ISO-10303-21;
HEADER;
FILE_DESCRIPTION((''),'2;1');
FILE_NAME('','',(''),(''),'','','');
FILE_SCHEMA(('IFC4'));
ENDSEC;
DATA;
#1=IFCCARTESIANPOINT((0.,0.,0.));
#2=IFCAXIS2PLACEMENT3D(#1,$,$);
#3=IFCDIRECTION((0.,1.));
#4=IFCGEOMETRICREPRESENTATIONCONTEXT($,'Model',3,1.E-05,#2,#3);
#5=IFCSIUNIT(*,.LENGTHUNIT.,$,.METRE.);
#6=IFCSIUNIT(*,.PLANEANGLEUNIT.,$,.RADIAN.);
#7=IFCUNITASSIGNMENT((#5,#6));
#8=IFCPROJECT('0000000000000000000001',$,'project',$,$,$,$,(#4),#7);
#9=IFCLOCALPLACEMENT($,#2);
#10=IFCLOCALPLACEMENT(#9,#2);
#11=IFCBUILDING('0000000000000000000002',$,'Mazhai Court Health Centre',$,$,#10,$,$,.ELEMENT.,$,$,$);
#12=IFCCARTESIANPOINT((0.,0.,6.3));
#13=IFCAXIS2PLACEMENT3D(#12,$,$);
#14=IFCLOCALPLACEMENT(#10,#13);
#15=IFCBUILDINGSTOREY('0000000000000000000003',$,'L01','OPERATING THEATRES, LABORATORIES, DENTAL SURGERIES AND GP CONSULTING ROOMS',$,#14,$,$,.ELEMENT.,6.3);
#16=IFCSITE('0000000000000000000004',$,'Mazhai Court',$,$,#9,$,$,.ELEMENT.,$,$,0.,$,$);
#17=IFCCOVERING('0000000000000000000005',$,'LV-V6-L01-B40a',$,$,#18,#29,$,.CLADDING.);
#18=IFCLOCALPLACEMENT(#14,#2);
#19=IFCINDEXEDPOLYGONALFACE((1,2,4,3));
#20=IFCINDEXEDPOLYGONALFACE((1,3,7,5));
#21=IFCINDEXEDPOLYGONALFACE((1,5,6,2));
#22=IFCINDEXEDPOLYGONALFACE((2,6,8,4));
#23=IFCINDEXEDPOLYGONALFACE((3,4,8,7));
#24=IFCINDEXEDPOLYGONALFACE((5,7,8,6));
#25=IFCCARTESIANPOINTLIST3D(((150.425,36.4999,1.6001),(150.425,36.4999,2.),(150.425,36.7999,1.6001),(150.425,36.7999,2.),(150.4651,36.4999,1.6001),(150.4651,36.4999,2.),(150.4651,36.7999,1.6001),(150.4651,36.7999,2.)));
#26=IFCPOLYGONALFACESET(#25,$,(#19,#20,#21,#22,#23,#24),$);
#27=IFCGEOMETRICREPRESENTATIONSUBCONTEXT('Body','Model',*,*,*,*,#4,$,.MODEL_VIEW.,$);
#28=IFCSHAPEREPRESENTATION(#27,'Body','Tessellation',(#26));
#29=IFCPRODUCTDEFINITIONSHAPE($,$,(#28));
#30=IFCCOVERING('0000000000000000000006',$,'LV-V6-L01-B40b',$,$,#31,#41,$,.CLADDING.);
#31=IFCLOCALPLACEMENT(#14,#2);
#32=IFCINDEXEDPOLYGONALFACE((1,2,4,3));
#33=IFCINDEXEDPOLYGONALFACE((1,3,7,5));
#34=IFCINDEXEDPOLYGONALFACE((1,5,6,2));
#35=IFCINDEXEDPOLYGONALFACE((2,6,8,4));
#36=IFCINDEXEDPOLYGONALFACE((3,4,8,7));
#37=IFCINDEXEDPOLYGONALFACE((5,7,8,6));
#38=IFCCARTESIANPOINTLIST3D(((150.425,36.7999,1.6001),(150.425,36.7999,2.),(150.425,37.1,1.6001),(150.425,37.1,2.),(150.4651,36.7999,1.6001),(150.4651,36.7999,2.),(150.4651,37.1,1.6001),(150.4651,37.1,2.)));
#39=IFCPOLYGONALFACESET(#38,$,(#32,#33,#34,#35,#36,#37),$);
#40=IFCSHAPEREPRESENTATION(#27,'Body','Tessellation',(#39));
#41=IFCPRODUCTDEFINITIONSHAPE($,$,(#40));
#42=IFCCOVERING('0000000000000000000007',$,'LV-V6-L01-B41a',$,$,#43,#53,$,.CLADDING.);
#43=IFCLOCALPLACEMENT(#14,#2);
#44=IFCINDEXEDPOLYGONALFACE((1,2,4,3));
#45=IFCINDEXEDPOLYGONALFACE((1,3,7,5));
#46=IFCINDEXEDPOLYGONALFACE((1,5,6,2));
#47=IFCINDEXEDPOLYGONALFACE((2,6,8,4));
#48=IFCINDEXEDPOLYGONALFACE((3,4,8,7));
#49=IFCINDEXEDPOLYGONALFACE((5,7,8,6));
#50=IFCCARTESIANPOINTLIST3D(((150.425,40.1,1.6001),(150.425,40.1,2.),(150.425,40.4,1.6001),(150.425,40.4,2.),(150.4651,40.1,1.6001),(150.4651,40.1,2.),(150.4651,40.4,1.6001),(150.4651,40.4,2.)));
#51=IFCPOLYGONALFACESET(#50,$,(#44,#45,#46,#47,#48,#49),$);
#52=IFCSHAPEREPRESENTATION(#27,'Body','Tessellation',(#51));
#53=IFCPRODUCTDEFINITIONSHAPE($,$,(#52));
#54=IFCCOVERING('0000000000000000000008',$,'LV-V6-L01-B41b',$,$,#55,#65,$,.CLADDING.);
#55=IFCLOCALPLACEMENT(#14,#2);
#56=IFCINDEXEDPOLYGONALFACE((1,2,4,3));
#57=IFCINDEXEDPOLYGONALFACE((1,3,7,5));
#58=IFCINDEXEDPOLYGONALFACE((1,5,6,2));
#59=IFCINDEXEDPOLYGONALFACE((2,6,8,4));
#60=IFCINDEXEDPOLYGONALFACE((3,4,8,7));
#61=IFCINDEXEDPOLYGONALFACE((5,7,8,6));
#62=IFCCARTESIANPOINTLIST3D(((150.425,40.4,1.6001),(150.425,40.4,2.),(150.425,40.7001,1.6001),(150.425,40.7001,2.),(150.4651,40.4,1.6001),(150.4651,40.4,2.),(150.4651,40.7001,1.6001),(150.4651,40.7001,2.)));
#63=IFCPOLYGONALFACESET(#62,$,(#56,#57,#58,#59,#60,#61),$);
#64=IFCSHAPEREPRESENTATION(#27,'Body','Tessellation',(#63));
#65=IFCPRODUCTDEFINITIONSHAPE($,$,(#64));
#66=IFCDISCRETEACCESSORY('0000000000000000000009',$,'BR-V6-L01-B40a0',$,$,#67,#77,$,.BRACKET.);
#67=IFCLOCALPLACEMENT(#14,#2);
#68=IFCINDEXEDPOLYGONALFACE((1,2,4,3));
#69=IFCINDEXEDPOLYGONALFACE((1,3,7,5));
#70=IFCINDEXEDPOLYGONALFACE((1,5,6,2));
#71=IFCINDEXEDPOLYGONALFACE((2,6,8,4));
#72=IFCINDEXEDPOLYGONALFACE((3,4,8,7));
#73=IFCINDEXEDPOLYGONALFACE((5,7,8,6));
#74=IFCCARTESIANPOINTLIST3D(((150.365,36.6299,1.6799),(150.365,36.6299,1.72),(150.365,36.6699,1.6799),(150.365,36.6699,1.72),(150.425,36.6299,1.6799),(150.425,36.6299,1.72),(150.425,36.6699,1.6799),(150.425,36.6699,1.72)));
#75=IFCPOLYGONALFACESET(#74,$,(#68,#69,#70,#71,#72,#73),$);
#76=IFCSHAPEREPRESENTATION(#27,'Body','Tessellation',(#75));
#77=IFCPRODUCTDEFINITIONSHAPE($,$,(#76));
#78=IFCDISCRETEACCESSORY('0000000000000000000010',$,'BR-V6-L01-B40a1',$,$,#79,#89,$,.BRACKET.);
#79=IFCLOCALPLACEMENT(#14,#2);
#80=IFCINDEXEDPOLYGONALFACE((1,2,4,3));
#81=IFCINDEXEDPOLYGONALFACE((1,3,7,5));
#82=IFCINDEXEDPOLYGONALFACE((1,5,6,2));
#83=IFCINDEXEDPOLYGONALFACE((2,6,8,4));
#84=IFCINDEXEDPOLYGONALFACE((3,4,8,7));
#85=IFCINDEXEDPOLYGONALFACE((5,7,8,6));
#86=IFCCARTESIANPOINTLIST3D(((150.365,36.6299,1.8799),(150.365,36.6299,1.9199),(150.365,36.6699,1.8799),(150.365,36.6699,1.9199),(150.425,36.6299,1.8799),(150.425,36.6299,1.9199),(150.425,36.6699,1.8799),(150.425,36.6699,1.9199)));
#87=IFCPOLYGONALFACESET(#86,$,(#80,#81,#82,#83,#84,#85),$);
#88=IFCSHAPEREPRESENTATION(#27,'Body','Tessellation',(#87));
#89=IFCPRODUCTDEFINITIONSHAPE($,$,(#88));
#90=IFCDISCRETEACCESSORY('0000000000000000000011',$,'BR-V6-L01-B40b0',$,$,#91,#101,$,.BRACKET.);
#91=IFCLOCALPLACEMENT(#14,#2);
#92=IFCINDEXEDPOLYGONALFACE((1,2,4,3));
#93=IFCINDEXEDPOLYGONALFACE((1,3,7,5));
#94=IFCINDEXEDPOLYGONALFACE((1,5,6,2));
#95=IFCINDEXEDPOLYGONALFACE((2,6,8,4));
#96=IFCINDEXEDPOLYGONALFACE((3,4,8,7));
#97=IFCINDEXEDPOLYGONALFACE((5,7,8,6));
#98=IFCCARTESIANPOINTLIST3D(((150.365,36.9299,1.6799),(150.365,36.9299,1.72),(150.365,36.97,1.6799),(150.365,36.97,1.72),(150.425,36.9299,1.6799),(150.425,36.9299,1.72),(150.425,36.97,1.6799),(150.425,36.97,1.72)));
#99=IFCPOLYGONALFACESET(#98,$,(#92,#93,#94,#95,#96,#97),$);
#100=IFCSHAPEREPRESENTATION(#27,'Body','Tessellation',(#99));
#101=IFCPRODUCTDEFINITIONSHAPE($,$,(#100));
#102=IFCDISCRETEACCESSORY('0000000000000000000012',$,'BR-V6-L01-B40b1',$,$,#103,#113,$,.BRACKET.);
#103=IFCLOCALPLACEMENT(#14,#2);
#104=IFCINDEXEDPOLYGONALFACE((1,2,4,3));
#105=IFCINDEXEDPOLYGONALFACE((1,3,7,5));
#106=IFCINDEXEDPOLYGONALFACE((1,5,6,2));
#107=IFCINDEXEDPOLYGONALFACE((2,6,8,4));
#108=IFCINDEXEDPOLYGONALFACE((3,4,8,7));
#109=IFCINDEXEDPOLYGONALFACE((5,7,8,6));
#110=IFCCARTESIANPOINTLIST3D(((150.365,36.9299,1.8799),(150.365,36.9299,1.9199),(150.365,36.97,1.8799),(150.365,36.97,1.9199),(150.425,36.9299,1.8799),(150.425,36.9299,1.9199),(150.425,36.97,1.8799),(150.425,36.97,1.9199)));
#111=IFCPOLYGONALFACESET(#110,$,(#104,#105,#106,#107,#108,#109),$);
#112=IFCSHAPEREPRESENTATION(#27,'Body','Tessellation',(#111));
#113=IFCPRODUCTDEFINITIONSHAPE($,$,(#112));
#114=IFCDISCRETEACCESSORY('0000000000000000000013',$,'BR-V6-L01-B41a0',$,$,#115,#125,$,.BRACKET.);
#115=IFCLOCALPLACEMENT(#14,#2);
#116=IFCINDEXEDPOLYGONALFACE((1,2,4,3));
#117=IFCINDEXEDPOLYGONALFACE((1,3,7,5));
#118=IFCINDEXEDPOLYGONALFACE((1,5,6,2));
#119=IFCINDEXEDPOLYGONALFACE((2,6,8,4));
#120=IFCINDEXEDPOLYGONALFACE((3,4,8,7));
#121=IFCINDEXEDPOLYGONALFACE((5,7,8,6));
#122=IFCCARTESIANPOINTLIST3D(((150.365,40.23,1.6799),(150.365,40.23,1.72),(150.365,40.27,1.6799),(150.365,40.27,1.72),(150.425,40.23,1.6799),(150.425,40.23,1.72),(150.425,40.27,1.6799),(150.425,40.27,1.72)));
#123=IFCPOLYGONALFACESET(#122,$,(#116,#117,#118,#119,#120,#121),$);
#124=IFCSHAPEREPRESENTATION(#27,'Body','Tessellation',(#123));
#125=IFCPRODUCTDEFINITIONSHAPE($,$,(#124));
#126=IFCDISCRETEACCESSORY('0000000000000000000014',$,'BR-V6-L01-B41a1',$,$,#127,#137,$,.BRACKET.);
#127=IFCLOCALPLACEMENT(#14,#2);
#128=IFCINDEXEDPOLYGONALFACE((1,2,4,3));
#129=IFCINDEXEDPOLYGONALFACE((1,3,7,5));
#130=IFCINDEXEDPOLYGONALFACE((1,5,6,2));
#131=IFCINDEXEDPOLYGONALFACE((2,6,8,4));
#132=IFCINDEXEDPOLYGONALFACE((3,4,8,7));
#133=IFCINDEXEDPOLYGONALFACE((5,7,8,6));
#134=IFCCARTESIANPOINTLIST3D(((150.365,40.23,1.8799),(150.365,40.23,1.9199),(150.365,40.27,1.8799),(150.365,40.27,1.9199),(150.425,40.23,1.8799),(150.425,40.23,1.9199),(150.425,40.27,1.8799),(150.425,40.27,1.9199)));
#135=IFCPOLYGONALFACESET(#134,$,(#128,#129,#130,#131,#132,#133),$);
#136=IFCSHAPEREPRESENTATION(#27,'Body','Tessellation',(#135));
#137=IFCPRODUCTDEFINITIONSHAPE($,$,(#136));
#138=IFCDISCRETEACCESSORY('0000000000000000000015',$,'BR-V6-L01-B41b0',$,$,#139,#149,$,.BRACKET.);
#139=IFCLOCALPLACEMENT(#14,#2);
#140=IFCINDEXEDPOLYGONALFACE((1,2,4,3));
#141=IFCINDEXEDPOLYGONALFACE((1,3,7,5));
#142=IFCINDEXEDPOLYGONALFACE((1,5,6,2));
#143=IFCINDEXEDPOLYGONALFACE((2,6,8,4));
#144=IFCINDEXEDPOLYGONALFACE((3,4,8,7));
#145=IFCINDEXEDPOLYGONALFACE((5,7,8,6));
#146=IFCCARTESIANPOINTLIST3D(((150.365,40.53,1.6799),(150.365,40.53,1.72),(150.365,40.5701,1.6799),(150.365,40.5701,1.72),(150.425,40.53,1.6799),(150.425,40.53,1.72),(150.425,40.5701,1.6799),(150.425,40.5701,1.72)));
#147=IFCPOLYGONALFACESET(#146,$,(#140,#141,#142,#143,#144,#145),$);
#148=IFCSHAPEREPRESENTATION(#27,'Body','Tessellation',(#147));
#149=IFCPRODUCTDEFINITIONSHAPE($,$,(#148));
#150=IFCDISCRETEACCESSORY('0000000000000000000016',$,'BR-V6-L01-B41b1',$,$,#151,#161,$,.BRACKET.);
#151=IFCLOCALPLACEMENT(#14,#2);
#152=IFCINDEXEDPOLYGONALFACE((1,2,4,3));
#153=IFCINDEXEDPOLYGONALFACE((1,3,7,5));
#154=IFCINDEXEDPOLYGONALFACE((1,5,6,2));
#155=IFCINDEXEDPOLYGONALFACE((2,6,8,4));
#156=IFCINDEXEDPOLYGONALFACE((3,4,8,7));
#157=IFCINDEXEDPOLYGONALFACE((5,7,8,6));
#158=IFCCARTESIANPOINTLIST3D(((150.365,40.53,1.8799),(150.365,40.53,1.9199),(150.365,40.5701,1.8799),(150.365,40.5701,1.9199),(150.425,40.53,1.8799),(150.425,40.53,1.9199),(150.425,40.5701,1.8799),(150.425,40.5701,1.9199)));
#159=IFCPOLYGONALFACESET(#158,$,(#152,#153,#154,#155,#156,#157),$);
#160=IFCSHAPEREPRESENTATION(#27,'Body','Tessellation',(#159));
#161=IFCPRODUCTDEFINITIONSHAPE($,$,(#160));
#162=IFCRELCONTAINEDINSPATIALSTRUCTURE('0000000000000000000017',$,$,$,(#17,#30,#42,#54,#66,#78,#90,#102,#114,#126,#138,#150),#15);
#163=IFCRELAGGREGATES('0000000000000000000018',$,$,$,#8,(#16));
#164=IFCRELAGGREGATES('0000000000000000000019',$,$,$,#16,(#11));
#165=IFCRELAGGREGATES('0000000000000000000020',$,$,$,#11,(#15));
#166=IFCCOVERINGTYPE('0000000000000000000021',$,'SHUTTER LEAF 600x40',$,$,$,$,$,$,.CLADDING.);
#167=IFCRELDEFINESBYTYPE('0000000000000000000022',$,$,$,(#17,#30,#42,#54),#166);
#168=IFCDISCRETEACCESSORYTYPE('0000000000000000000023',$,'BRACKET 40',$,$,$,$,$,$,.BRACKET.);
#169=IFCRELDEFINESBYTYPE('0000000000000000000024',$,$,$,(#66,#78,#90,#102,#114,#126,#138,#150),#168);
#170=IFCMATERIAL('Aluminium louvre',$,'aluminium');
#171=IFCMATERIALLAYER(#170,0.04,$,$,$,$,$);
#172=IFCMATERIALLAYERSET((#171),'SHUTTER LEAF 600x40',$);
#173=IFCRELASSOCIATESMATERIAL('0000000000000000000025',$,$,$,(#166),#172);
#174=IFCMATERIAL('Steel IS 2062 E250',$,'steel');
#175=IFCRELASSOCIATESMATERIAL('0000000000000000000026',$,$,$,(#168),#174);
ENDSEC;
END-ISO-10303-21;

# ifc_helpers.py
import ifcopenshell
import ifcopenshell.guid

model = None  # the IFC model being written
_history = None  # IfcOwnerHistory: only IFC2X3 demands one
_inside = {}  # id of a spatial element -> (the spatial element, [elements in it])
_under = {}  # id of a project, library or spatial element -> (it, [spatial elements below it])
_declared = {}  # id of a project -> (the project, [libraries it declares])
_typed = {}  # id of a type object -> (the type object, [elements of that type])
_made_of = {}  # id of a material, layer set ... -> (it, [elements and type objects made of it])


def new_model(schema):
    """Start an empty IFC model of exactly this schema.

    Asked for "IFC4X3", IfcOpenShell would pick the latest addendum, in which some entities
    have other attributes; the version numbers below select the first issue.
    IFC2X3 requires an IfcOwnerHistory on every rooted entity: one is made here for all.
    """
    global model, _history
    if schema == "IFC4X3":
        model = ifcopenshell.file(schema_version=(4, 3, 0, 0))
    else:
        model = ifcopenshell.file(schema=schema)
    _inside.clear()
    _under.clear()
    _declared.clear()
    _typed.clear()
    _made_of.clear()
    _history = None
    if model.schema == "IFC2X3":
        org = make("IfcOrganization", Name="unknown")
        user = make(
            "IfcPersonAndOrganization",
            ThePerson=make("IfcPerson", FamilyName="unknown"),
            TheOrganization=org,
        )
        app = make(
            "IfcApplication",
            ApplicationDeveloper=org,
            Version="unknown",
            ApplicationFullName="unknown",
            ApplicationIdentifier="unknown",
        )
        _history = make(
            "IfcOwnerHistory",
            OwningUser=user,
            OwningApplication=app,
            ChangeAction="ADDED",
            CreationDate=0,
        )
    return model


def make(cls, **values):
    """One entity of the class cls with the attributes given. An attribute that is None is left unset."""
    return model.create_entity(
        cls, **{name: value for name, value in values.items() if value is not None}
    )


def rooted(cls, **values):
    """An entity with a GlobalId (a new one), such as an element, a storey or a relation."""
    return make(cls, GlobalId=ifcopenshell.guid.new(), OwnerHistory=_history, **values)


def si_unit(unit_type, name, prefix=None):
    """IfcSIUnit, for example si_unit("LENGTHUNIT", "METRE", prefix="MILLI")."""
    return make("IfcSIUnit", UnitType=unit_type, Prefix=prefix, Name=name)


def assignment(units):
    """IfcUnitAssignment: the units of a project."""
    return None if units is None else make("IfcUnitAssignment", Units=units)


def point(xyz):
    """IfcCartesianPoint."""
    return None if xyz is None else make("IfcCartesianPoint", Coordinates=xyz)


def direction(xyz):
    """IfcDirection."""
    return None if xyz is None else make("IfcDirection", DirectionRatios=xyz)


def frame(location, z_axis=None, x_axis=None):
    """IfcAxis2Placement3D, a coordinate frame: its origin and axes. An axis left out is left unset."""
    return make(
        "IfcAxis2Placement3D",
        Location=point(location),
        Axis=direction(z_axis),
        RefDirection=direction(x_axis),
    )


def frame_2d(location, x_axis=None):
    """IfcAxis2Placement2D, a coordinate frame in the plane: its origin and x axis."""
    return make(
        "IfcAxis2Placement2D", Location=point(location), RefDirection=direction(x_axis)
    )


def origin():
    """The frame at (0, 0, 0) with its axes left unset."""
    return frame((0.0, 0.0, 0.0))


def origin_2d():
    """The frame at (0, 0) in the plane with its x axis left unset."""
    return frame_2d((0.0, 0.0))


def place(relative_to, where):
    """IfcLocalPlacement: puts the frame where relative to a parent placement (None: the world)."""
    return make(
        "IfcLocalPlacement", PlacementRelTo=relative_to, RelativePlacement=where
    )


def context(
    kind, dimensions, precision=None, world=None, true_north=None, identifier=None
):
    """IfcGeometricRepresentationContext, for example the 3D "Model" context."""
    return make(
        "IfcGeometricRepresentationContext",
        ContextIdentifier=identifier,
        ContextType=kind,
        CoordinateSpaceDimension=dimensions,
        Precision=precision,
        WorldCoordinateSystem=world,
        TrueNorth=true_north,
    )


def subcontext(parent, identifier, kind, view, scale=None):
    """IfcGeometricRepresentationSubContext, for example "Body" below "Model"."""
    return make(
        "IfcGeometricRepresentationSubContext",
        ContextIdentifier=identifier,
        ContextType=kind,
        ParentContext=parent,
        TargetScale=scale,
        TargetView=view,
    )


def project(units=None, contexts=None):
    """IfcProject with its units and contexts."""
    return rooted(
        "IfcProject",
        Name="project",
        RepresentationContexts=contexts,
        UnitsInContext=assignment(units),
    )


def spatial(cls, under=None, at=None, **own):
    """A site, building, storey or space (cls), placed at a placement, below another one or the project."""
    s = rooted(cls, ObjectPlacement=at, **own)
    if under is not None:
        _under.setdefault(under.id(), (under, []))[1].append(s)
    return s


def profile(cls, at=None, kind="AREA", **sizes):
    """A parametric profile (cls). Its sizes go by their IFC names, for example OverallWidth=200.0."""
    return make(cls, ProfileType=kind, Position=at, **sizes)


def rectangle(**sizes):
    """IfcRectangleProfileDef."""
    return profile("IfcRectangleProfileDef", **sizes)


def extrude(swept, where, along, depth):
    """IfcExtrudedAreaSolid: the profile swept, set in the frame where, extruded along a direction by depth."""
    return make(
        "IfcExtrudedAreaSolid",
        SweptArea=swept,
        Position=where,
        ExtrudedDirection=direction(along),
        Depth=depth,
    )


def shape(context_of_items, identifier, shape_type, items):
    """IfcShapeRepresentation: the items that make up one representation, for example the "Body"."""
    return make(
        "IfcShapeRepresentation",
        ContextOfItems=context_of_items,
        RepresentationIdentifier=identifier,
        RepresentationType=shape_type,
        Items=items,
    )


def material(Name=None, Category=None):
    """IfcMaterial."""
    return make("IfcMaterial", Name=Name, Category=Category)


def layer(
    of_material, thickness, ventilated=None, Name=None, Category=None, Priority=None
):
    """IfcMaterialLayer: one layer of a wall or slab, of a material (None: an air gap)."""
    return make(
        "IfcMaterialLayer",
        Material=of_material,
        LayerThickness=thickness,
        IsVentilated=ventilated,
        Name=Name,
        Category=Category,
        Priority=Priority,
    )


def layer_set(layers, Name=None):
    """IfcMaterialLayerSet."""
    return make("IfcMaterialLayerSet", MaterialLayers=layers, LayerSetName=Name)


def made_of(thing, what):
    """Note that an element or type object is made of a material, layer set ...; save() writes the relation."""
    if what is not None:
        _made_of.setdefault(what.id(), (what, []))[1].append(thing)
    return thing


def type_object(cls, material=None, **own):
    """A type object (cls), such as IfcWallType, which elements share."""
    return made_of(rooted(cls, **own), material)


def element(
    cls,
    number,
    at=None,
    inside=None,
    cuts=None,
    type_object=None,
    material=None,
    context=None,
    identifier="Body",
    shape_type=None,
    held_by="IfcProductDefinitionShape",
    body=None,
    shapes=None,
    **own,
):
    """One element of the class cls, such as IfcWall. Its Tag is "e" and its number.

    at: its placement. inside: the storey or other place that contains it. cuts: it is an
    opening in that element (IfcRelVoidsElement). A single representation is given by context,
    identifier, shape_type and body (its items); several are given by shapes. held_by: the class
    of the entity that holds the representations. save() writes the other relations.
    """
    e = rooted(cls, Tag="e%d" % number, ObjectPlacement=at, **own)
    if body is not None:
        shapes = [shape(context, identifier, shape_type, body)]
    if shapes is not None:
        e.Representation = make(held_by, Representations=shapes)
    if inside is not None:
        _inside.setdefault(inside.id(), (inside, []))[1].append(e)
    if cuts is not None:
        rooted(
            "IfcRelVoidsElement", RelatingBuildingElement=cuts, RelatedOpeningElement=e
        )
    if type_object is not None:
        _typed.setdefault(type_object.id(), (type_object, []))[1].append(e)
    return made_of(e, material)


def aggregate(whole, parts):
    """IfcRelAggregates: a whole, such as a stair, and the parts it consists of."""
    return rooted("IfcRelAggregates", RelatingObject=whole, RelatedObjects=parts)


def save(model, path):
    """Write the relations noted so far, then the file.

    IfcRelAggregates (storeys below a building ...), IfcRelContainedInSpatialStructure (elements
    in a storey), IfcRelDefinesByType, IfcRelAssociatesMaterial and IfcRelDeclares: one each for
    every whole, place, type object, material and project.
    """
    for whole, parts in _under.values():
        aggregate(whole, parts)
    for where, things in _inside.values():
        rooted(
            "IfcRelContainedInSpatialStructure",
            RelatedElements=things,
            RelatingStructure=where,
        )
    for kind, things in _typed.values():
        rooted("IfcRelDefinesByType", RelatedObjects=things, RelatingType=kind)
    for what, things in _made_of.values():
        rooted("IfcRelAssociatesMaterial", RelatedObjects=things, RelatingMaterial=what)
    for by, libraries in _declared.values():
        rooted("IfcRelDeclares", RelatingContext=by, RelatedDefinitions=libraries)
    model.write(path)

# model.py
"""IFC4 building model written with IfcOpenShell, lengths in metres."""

from ifc_helpers import new_model, si_unit, direction, frame, origin, origin_2d, place, context, subcontext, project, spatial, rectangle, extrude, material, layer, layer_set, type_object, element, save


model = new_model("IFC4")

# Units and contexts
model_context = context("Model", 3, precision=1e-05, world=origin(), true_north=direction((0.0, 1.0)))
body_context = subcontext(model_context, "Body", "Model", "MODEL_VIEW")
ifc_project = project(units=[si_unit("LENGTHUNIT", "METRE"), si_unit("PLANEANGLEUNIT", "RADIAN")], contexts=[model_context])

# Site, building, storey
site_placement = place(None, origin())
site = spatial("IfcSite", under=ifc_project, at=site_placement, Name="Mazhai Court", CompositionType="ELEMENT", RefElevation=0.0)
building_placement = place(site_placement, origin())
building = spatial("IfcBuilding", under=site, at=building_placement, Name="Mazhai Court Health Centre", CompositionType="ELEMENT")
storey_placement = place(building_placement, frame((0.0, 0.0, 6.3)))
storey = spatial("IfcBuildingStorey", under=building, at=storey_placement, Name="L01", Description="OPERATING THEATRES, LABORATORIES, DENTAL SURGERIES AND GP CONSULTING ROOMS", CompositionType="ELEMENT", Elevation=6.3)

# Coverings
ifc_material_1 = material(Name="Aluminium louvre", Category="aluminium")
ifc_layer_1 = layer(ifc_material_1, 0.04)
ifc_layer_set_1 = layer_set([ifc_layer_1], Name="SHUTTER LEAF 600x40")
covering_type = type_object("IfcCoveringType", Name="SHUTTER LEAF 600x40", PredefinedType="CLADDING", material=ifc_layer_set_1)
for number, where, z_axis, x_axis, name in (
    (1, (150.4451, 36.6499, 1.6001), (0.0, 0.0, 1.0), (0.0, 1.0, 0.0), "LV-V6-L01-B40a"),
    (2, (150.4451, 36.95, 1.6001), (0.0, 0.0, 1.0), (0.0, 1.0, 0.0), "LV-V6-L01-B40b"),
    (3, (150.4451, 40.25, 1.6001), (0.0, 0.0, 1.0), (0.0, 1.0, 0.0), "LV-V6-L01-B41a"),
    (4, (150.4451, 40.55, 1.6001), (0.0, 0.0, 1.0), (0.0, 1.0, 0.0), "LV-V6-L01-B41b"),
):
    element("IfcCovering", number, at=place(storey_placement, frame(where, z_axis=z_axis, x_axis=x_axis)), inside=storey, type_object=covering_type, Name=name, PredefinedType="CLADDING", context=body_context, shape_type="SweptSolid", body=[
        extrude(rectangle(XDim=0.3, YDim=0.04, at=origin_2d()), origin(), (0.0, 0.0, 1.0), 0.3999),
    ])

# Discrete accessories
ifc_material_2 = material(Name="Steel IS 2062 E250", Category="steel")
discrete_accessory_type = type_object("IfcDiscreteAccessoryType", Name="BRACKET 40", PredefinedType="BRACKET", material=ifc_material_2)
for number, where, z_axis, x_axis, name in (
    (5, (150.395, 36.6499, 1.6799), (0.0, 0.0, 1.0), (0.0, 1.0, 0.0), "BR-V6-L01-B40a0"),
    (6, (150.395, 36.6499, 1.8799), (0.0, 0.0, 1.0), (0.0, 1.0, 0.0), "BR-V6-L01-B40a1"),
    (7, (150.395, 36.95, 1.6799), (0.0, 0.0, 1.0), (0.0, 1.0, 0.0), "BR-V6-L01-B40b0"),
    (8, (150.395, 36.95, 1.8799), (0.0, 0.0, 1.0), (0.0, 1.0, 0.0), "BR-V6-L01-B40b1"),
    (9, (150.395, 40.25, 1.6799), (0.0, 0.0, 1.0), (0.0, 1.0, 0.0), "BR-V6-L01-B41a0"),
    (10, (150.395, 40.25, 1.8799), (0.0, 0.0, 1.0), (0.0, 1.0, 0.0), "BR-V6-L01-B41a1"),
    (11, (150.395, 40.55, 1.6799), (0.0, 0.0, 1.0), (0.0, 1.0, 0.0), "BR-V6-L01-B41b0"),
    (12, (150.395, 40.55, 1.8799), (0.0, 0.0, 1.0), (0.0, 1.0, 0.0), "BR-V6-L01-B41b1"),
):
    element("IfcDiscreteAccessory", number, at=place(storey_placement, frame(where, z_axis=z_axis, x_axis=x_axis)), inside=storey, type_object=discrete_accessory_type, Name=name, PredefinedType="BRACKET", context=body_context, shape_type="SweptSolid", body=[
        extrude(rectangle(XDim=0.04, YDim=0.0601, at=origin_2d()), origin(), (0.0, 0.0, 1.0), 0.04),
    ])

save(model, "model.ifc")
